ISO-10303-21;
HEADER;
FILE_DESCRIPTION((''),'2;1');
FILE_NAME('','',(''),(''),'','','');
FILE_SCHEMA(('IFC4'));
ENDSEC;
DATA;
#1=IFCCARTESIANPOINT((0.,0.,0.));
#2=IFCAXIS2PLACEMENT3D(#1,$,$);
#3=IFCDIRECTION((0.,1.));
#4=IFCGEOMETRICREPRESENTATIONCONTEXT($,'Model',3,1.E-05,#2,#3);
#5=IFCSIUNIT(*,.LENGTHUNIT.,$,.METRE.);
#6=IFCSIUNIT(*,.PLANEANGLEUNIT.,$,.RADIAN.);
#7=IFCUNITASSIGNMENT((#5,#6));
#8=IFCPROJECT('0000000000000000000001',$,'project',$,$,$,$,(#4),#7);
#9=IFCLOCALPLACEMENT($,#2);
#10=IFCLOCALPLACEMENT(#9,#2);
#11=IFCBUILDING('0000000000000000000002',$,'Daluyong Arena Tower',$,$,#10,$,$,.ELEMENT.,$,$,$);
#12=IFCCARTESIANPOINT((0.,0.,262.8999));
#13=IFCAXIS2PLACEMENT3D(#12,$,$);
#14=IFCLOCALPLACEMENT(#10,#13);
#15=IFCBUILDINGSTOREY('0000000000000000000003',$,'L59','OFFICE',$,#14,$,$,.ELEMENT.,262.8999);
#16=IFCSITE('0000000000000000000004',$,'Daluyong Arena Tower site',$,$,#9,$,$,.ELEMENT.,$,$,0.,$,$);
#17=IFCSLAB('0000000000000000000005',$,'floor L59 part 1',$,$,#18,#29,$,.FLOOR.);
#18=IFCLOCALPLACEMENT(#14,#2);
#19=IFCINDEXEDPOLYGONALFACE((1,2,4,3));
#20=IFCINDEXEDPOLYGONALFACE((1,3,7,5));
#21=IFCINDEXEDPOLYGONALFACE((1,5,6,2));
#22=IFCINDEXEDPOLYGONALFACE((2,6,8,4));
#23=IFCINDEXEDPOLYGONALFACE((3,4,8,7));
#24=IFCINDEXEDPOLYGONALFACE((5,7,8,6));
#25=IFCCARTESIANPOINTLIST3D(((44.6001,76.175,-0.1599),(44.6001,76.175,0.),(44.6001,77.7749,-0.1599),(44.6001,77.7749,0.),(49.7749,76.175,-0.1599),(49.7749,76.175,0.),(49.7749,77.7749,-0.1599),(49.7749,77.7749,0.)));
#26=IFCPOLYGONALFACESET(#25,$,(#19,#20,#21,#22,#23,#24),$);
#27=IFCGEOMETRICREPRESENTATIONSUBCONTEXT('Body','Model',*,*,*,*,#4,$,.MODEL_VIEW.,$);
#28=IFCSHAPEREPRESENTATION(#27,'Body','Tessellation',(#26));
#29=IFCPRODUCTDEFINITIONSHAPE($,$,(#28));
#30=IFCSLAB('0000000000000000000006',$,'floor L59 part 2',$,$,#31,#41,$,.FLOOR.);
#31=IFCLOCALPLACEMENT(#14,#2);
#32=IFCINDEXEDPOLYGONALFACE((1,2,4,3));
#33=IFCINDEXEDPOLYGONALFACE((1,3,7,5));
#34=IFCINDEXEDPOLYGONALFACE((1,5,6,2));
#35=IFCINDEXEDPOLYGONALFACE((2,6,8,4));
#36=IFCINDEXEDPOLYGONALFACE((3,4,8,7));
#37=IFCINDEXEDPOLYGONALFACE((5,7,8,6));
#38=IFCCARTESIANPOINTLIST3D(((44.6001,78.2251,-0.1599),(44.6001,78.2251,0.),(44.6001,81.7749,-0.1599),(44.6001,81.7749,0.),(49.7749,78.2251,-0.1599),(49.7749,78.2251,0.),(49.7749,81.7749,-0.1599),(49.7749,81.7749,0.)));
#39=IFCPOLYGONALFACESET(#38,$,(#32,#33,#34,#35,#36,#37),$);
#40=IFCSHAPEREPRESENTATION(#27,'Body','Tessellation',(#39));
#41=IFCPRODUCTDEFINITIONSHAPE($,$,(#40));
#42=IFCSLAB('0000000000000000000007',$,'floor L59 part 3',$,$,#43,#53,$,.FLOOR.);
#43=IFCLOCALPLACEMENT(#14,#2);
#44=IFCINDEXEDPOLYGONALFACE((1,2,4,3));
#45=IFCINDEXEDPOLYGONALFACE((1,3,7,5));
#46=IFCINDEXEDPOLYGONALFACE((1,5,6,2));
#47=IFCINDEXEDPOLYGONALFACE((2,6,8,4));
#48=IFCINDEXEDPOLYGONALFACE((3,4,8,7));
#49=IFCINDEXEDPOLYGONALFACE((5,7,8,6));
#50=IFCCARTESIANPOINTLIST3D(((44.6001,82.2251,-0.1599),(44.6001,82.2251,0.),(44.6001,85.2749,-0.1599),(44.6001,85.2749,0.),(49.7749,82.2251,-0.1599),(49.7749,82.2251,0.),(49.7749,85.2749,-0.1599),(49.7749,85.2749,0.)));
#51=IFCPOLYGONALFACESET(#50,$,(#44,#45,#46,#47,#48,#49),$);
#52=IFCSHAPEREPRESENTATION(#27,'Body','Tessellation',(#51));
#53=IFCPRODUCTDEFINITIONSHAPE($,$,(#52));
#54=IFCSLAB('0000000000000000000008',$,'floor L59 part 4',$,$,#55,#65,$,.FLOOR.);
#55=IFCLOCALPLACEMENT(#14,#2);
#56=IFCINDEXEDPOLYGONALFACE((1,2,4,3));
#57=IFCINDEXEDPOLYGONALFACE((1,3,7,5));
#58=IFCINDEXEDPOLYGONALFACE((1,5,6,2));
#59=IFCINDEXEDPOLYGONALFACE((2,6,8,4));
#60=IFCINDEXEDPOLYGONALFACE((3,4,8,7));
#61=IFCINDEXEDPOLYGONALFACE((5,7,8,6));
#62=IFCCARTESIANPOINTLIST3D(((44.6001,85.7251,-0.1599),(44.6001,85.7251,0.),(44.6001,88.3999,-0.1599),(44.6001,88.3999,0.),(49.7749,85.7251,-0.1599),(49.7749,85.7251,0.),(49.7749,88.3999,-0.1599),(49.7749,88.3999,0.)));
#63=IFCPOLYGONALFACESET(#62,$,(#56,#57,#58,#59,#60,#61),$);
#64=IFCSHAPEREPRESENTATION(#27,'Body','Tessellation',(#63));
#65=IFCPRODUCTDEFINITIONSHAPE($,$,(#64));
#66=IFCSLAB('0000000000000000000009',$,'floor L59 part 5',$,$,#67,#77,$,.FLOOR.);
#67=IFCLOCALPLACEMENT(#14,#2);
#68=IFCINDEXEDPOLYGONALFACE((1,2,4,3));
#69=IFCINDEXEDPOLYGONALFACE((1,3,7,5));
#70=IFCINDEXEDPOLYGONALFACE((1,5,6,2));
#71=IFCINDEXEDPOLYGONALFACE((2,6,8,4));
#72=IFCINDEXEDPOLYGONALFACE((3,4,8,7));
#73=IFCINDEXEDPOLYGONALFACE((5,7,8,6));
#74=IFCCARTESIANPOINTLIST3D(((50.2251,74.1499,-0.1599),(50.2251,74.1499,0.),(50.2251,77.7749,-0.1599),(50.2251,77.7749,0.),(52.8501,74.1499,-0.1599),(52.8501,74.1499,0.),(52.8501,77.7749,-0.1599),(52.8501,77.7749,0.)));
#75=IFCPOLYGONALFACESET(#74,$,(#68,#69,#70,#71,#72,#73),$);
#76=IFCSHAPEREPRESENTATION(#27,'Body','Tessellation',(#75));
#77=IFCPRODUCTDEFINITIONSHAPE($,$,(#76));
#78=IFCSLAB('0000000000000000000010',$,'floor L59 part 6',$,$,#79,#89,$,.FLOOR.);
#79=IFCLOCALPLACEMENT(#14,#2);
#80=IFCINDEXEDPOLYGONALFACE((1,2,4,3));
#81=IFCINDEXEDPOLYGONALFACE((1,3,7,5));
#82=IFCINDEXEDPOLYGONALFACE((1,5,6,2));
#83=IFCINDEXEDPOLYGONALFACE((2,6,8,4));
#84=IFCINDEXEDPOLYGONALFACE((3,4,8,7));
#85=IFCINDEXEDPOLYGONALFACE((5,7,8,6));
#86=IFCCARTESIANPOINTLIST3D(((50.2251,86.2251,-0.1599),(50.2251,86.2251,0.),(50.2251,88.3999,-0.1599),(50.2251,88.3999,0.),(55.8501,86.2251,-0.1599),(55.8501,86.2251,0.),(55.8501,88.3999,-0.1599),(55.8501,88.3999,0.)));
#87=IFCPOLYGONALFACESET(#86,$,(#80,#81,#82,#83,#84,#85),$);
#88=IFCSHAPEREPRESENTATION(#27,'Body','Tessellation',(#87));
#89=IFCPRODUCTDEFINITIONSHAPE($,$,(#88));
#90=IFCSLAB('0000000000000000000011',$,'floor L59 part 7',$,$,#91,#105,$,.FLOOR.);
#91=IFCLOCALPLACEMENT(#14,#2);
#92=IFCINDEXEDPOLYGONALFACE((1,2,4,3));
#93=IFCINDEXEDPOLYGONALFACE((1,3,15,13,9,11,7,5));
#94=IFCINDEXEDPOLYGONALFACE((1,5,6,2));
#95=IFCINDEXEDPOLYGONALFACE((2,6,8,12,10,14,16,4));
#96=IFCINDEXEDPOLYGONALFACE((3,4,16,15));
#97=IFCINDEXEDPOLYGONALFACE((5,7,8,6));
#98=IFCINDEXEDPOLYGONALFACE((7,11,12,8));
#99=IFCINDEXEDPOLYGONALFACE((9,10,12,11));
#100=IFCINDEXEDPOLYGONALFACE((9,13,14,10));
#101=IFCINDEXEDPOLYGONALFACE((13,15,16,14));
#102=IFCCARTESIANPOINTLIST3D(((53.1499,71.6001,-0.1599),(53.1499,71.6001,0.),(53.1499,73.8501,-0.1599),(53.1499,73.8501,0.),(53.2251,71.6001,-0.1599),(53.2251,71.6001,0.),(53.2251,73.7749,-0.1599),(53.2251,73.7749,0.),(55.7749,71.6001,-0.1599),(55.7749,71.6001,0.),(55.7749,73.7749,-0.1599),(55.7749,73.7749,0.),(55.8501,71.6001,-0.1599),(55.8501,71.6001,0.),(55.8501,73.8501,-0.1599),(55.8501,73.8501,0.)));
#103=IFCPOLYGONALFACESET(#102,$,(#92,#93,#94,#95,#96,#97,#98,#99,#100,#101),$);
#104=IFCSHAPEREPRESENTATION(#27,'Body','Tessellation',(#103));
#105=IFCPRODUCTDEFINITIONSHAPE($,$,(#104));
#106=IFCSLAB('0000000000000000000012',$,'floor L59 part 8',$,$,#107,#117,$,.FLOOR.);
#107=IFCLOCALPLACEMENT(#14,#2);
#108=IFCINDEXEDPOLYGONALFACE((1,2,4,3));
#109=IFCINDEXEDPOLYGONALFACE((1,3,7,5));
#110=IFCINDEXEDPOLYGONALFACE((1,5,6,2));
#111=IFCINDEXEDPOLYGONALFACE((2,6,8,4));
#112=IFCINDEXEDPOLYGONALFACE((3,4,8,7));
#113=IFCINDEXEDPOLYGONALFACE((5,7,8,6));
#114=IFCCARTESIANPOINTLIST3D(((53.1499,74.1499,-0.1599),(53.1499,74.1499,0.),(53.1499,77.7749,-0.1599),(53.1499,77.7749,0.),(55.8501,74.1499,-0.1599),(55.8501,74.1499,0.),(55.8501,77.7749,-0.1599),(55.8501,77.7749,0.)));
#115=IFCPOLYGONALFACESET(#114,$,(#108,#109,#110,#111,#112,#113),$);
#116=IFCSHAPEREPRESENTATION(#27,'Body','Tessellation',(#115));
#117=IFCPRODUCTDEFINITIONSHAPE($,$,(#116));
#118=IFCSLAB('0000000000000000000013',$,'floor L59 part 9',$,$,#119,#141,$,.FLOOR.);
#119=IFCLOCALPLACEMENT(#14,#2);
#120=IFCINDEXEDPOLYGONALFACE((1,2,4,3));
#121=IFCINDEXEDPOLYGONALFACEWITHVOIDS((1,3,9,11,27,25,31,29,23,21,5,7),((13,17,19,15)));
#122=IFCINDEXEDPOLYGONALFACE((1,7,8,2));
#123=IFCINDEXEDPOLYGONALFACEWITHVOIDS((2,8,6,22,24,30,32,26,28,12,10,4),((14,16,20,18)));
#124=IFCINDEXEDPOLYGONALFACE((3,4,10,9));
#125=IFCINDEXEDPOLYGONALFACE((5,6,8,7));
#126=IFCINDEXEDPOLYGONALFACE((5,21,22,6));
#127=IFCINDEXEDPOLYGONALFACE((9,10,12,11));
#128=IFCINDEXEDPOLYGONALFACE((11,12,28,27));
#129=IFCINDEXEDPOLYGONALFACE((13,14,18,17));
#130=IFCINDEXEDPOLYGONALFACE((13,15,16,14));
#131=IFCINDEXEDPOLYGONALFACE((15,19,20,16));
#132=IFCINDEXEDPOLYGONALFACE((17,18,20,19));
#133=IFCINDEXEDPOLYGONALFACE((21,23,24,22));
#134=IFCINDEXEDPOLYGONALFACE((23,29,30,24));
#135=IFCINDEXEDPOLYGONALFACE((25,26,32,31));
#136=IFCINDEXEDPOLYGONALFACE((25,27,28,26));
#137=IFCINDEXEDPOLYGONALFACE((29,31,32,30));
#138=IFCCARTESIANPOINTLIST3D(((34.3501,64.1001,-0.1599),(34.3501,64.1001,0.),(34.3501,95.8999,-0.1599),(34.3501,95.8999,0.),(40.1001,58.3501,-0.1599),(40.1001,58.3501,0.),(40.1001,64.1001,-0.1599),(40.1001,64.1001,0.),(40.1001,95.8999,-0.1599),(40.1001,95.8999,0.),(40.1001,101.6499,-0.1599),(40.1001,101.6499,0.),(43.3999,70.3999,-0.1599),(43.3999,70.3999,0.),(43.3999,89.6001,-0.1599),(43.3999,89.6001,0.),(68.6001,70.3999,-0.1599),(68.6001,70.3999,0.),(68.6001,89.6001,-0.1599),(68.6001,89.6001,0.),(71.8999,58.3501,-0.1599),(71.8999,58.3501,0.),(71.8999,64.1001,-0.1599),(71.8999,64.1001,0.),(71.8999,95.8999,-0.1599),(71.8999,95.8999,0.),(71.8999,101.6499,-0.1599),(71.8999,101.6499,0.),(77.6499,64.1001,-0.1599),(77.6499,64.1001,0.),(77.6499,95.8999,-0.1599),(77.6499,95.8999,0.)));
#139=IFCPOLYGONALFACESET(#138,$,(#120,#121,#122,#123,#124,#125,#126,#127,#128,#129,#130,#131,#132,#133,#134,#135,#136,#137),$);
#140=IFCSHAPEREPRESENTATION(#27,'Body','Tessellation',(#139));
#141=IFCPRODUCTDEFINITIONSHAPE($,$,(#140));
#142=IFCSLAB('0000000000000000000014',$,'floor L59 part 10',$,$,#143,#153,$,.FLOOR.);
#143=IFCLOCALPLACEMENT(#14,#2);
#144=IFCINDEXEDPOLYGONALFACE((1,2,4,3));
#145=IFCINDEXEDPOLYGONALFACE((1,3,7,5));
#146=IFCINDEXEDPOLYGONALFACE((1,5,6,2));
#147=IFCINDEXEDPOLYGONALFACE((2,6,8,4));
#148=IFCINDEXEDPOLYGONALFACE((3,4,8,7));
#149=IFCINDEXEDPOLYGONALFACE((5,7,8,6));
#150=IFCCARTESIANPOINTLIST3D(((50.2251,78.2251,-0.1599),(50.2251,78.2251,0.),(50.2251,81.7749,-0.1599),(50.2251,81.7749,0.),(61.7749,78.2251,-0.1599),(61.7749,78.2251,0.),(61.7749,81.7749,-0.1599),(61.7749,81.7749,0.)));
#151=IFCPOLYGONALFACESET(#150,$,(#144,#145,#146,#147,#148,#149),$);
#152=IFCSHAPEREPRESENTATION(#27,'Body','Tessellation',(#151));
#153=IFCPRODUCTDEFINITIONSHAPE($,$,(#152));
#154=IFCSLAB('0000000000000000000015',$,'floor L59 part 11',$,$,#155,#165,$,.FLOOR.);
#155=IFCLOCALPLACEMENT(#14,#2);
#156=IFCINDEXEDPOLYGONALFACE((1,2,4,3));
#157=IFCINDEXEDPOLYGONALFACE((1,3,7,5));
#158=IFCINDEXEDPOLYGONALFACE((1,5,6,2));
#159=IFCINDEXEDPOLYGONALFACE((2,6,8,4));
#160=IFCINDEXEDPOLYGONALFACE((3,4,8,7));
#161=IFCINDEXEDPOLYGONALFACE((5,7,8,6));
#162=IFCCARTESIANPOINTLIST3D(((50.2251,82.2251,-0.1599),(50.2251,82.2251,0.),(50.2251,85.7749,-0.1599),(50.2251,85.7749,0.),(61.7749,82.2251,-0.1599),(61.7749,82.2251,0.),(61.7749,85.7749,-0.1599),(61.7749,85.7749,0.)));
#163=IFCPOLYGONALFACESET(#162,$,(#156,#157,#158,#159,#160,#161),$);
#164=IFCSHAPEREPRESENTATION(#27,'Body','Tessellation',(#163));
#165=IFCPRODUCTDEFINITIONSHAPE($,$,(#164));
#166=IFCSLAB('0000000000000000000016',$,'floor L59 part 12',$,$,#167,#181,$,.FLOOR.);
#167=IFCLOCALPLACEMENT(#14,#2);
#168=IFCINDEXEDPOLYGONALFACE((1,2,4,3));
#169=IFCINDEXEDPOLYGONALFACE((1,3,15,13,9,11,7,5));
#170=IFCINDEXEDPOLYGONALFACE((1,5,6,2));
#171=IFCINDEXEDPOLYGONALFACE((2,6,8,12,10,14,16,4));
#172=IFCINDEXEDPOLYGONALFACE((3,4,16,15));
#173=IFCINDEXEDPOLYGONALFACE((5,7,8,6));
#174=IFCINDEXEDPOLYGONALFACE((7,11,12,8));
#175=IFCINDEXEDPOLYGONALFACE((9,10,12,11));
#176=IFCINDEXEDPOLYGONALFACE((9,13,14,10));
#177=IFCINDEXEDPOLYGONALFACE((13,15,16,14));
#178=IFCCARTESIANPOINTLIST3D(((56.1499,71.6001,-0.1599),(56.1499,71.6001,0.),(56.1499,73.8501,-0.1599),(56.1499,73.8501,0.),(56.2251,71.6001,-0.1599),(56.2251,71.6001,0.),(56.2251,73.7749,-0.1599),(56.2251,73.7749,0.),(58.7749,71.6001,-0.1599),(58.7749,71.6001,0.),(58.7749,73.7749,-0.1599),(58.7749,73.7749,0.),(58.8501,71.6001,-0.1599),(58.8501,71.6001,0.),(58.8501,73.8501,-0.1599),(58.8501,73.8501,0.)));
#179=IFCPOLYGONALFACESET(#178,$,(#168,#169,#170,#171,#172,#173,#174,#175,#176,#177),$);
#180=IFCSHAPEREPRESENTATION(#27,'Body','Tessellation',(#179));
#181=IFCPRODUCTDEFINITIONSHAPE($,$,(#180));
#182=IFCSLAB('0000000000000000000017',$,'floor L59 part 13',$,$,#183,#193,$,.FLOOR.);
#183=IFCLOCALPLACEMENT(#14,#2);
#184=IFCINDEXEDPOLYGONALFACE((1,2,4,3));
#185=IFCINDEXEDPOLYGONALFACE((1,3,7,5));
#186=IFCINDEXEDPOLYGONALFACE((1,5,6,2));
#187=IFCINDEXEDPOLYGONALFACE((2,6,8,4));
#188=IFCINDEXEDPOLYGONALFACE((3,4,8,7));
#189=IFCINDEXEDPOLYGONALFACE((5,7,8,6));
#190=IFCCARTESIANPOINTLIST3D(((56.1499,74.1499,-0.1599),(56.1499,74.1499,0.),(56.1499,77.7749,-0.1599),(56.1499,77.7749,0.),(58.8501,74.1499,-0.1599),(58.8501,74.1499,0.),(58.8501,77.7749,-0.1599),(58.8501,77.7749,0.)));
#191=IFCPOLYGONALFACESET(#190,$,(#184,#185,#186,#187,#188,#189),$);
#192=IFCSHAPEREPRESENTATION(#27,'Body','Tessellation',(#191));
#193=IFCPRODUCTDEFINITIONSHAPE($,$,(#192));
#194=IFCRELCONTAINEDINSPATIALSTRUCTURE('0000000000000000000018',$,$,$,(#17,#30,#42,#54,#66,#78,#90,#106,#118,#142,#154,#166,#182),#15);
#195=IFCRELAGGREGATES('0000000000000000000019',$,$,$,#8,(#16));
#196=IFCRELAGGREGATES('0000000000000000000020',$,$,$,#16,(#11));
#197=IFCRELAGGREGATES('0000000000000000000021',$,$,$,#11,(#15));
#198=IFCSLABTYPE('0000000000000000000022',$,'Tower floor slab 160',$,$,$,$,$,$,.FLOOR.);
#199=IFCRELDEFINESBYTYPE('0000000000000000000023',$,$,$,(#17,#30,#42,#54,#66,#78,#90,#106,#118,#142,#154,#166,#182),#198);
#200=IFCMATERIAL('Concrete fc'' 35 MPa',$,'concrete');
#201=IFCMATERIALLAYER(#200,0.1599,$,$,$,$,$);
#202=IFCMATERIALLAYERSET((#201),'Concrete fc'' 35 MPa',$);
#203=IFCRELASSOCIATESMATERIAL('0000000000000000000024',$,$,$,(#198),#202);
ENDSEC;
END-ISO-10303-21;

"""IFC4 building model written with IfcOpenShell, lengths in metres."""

from ifc_helpers import new_model, si_unit, direction, frame, origin, place, context, subcontext, project, spatial, polyline, outline, extrude, material, layer, layer_set, type_object, element, save


model = new_model("IFC4")

# Units and contexts
model_context = context("Model", 3, precision=1e-05, world=origin(), true_north=direction((0.0, 1.0)))
body_context = subcontext(model_context, "Body", "Model", "MODEL_VIEW")
ifc_project = project(units=[si_unit("LENGTHUNIT", "METRE"), si_unit("PLANEANGLEUNIT", "RADIAN")], contexts=[model_context])

# Site, building, storey
site_placement = place(None, origin())
site = spatial("IfcSite", under=ifc_project, at=site_placement, Name="Daluyong Arena Tower site", CompositionType="ELEMENT", RefElevation=0.0)
building_placement = place(site_placement, origin())
building = spatial("IfcBuilding", under=site, at=building_placement, Name="Daluyong Arena Tower", CompositionType="ELEMENT")
storey_placement = place(building_placement, frame((0.0, 0.0, 262.8999)))
storey = spatial("IfcBuildingStorey", under=building, at=storey_placement, Name="L59", Description="OFFICE", CompositionType="ELEMENT", Elevation=262.8999)

# Slabs
ifc_material_1 = material(Name="Concrete fc' 35 MPa", Category="concrete")
ifc_layer_1 = layer(ifc_material_1, 0.1599)
ifc_layer_set_1 = layer_set([ifc_layer_1], Name="Concrete fc' 35 MPa")
slab_type = type_object("IfcSlabType", Name="Tower floor slab 160", PredefinedType="FLOOR", material=ifc_layer_set_1)
slab_1_placement = place(storey_placement, frame((0.0, 0.0, -0.1599)))
element("IfcSlab", 1, at=slab_1_placement, inside=storey, type_object=slab_type, Name="floor L59 part 1", PredefinedType="FLOOR", context=body_context, shape_type="SweptSolid", body=[
    extrude(outline(polyline([(49.7749, 77.7749), (44.6001, 77.7749), (44.6001, 76.175), (49.7749, 76.175), (49.7749, 77.7749)])), origin(), (0.0, 0.0, 1.0), 0.1599),
])
slab_2_placement = place(storey_placement, frame((0.0, 0.0, -0.1599)))
element("IfcSlab", 2, at=slab_2_placement, inside=storey, type_object=slab_type, Name="floor L59 part 2", PredefinedType="FLOOR", context=body_context, shape_type="SweptSolid", body=[
    extrude(outline(polyline([(49.7749, 78.2251), (49.7749, 81.7749), (44.6001, 81.7749), (44.6001, 78.2251), (49.7749, 78.2251)])), origin(), (0.0, 0.0, 1.0), 0.1599),
])
slab_3_placement = place(storey_placement, frame((0.0, 0.0, -0.1599)))
element("IfcSlab", 3, at=slab_3_placement, inside=storey, type_object=slab_type, Name="floor L59 part 3", PredefinedType="FLOOR", context=body_context, shape_type="SweptSolid", body=[
    extrude(outline(polyline([(44.6001, 85.2749), (44.6001, 82.2251), (49.7749, 82.2251), (49.7749, 85.2749), (44.6001, 85.2749)])), origin(), (0.0, 0.0, 1.0), 0.1599),
])
slab_4_placement = place(storey_placement, frame((0.0, 0.0, -0.1599)))
element("IfcSlab", 4, at=slab_4_placement, inside=storey, type_object=slab_type, Name="floor L59 part 4", PredefinedType="FLOOR", context=body_context, shape_type="SweptSolid", body=[
    extrude(outline(polyline([(44.6001, 88.3999), (44.6001, 85.7251), (49.7749, 85.7251), (49.7749, 88.3999), (44.6001, 88.3999)])), origin(), (0.0, 0.0, 1.0), 0.1599),
])
slab_5_placement = place(storey_placement, frame((0.0, 0.0, -0.1599)))
element("IfcSlab", 5, at=slab_5_placement, inside=storey, type_object=slab_type, Name="floor L59 part 5", PredefinedType="FLOOR", context=body_context, shape_type="SweptSolid", body=[
    extrude(outline(polyline([(52.8501, 74.1499), (52.8501, 77.7749), (50.2251, 77.7749), (50.2251, 74.1499), (52.8501, 74.1499)])), origin(), (0.0, 0.0, 1.0), 0.1599),
])
slab_6_placement = place(storey_placement, frame((0.0, 0.0, -0.1599)))
element("IfcSlab", 6, at=slab_6_placement, inside=storey, type_object=slab_type, Name="floor L59 part 6", PredefinedType="FLOOR", context=body_context, shape_type="SweptSolid", body=[
    extrude(outline(polyline([(50.2251, 88.3999), (50.2251, 86.2251), (55.8501, 86.2251), (55.8501, 88.3999), (50.2251, 88.3999)])), origin(), (0.0, 0.0, 1.0), 0.1599),
])
slab_7_placement = place(storey_placement, frame((0.0, 0.0, -0.1599)))
element("IfcSlab", 7, at=slab_7_placement, inside=storey, type_object=slab_type, Name="floor L59 part 7", PredefinedType="FLOOR", context=body_context, shape_type="SweptSolid", body=[
    extrude(outline(polyline([(53.2251, 71.6001), (53.2251, 73.7749), (55.7749, 73.7749), (55.7749, 71.6001), (55.8501, 71.6001), (55.8501, 73.8501), (53.1499, 73.8501), (53.1499, 71.6001), (53.2251, 71.6001)])), origin(), (0.0, 0.0, 1.0), 0.1599),
])
slab_8_placement = place(storey_placement, frame((0.0, 0.0, -0.1599)))
element("IfcSlab", 8, at=slab_8_placement, inside=storey, type_object=slab_type, Name="floor L59 part 8", PredefinedType="FLOOR", context=body_context, shape_type="SweptSolid", body=[
    extrude(outline(polyline([(53.1499, 74.1499), (55.8501, 74.1499), (55.8501, 77.7749), (53.1499, 77.7749), (53.1499, 74.1499)])), origin(), (0.0, 0.0, 1.0), 0.1599),
])
slab_9_placement = place(storey_placement, frame((0.0, 0.0, -0.1599)))
element("IfcSlab", 9, at=slab_9_placement, inside=storey, type_object=slab_type, Name="floor L59 part 9", PredefinedType="FLOOR", context=body_context, shape_type="SweptSolid", body=[
    extrude(outline(polyline([(40.1001, 64.1001), (40.1001, 58.3501), (71.8999, 58.3501), (71.8999, 64.1001), (77.6499, 64.1001), (77.6499, 95.8999), (71.8999, 95.8999), (71.8999, 101.6499), (40.1001, 101.6499), (40.1001, 95.8999), (34.3501, 95.8999), (34.3501, 64.1001), (40.1001, 64.1001)]), holes=[polyline([(68.6001, 89.6001), (68.6001, 70.3999), (43.3999, 70.3999), (43.3999, 89.6001), (68.6001, 89.6001)])]), origin(), (0.0, 0.0, 1.0), 0.1599),
])
slab_10_placement = place(storey_placement, frame((0.0, 0.0, -0.1599)))
element("IfcSlab", 10, at=slab_10_placement, inside=storey, type_object=slab_type, Name="floor L59 part 10", PredefinedType="FLOOR", context=body_context, shape_type="SweptSolid", body=[
    extrude(outline(polyline([(50.2251, 81.7749), (50.2251, 78.2251), (61.7749, 78.2251), (61.7749, 81.7749), (50.2251, 81.7749)])), origin(), (0.0, 0.0, 1.0), 0.1599),
])
slab_11_placement = place(storey_placement, frame((0.0, 0.0, -0.1599)))
element("IfcSlab", 11, at=slab_11_placement, inside=storey, type_object=slab_type, Name="floor L59 part 11", PredefinedType="FLOOR", context=body_context, shape_type="SweptSolid", body=[
    extrude(outline(polyline([(50.2251, 85.7749), (50.2251, 82.2251), (61.7749, 82.2251), (61.7749, 85.7749), (50.2251, 85.7749)])), origin(), (0.0, 0.0, 1.0), 0.1599),
])
slab_12_placement = place(storey_placement, frame((0.0, 0.0, -0.1599)))
element("IfcSlab", 12, at=slab_12_placement, inside=storey, type_object=slab_type, Name="floor L59 part 12", PredefinedType="FLOOR", context=body_context, shape_type="SweptSolid", body=[
    extrude(outline(polyline([(56.2251, 71.6001), (56.2251, 73.7749), (58.7749, 73.7749), (58.7749, 71.6001), (58.8501, 71.6001), (58.8501, 73.8501), (56.1499, 73.8501), (56.1499, 71.6001), (56.2251, 71.6001)])), origin(), (0.0, 0.0, 1.0), 0.1599),
])
slab_13_placement = place(storey_placement, frame((0.0, 0.0, -0.1599)))
element("IfcSlab", 13, at=slab_13_placement, inside=storey, type_object=slab_type, Name="floor L59 part 13", PredefinedType="FLOOR", context=body_context, shape_type="SweptSolid", body=[
    extrude(outline(polyline([(58.8501, 77.7749), (56.1499, 77.7749), (56.1499, 74.1499), (58.8501, 74.1499), (58.8501, 77.7749)])), origin(), (0.0, 0.0, 1.0), 0.1599),
])

save(model, "model.ifc")
